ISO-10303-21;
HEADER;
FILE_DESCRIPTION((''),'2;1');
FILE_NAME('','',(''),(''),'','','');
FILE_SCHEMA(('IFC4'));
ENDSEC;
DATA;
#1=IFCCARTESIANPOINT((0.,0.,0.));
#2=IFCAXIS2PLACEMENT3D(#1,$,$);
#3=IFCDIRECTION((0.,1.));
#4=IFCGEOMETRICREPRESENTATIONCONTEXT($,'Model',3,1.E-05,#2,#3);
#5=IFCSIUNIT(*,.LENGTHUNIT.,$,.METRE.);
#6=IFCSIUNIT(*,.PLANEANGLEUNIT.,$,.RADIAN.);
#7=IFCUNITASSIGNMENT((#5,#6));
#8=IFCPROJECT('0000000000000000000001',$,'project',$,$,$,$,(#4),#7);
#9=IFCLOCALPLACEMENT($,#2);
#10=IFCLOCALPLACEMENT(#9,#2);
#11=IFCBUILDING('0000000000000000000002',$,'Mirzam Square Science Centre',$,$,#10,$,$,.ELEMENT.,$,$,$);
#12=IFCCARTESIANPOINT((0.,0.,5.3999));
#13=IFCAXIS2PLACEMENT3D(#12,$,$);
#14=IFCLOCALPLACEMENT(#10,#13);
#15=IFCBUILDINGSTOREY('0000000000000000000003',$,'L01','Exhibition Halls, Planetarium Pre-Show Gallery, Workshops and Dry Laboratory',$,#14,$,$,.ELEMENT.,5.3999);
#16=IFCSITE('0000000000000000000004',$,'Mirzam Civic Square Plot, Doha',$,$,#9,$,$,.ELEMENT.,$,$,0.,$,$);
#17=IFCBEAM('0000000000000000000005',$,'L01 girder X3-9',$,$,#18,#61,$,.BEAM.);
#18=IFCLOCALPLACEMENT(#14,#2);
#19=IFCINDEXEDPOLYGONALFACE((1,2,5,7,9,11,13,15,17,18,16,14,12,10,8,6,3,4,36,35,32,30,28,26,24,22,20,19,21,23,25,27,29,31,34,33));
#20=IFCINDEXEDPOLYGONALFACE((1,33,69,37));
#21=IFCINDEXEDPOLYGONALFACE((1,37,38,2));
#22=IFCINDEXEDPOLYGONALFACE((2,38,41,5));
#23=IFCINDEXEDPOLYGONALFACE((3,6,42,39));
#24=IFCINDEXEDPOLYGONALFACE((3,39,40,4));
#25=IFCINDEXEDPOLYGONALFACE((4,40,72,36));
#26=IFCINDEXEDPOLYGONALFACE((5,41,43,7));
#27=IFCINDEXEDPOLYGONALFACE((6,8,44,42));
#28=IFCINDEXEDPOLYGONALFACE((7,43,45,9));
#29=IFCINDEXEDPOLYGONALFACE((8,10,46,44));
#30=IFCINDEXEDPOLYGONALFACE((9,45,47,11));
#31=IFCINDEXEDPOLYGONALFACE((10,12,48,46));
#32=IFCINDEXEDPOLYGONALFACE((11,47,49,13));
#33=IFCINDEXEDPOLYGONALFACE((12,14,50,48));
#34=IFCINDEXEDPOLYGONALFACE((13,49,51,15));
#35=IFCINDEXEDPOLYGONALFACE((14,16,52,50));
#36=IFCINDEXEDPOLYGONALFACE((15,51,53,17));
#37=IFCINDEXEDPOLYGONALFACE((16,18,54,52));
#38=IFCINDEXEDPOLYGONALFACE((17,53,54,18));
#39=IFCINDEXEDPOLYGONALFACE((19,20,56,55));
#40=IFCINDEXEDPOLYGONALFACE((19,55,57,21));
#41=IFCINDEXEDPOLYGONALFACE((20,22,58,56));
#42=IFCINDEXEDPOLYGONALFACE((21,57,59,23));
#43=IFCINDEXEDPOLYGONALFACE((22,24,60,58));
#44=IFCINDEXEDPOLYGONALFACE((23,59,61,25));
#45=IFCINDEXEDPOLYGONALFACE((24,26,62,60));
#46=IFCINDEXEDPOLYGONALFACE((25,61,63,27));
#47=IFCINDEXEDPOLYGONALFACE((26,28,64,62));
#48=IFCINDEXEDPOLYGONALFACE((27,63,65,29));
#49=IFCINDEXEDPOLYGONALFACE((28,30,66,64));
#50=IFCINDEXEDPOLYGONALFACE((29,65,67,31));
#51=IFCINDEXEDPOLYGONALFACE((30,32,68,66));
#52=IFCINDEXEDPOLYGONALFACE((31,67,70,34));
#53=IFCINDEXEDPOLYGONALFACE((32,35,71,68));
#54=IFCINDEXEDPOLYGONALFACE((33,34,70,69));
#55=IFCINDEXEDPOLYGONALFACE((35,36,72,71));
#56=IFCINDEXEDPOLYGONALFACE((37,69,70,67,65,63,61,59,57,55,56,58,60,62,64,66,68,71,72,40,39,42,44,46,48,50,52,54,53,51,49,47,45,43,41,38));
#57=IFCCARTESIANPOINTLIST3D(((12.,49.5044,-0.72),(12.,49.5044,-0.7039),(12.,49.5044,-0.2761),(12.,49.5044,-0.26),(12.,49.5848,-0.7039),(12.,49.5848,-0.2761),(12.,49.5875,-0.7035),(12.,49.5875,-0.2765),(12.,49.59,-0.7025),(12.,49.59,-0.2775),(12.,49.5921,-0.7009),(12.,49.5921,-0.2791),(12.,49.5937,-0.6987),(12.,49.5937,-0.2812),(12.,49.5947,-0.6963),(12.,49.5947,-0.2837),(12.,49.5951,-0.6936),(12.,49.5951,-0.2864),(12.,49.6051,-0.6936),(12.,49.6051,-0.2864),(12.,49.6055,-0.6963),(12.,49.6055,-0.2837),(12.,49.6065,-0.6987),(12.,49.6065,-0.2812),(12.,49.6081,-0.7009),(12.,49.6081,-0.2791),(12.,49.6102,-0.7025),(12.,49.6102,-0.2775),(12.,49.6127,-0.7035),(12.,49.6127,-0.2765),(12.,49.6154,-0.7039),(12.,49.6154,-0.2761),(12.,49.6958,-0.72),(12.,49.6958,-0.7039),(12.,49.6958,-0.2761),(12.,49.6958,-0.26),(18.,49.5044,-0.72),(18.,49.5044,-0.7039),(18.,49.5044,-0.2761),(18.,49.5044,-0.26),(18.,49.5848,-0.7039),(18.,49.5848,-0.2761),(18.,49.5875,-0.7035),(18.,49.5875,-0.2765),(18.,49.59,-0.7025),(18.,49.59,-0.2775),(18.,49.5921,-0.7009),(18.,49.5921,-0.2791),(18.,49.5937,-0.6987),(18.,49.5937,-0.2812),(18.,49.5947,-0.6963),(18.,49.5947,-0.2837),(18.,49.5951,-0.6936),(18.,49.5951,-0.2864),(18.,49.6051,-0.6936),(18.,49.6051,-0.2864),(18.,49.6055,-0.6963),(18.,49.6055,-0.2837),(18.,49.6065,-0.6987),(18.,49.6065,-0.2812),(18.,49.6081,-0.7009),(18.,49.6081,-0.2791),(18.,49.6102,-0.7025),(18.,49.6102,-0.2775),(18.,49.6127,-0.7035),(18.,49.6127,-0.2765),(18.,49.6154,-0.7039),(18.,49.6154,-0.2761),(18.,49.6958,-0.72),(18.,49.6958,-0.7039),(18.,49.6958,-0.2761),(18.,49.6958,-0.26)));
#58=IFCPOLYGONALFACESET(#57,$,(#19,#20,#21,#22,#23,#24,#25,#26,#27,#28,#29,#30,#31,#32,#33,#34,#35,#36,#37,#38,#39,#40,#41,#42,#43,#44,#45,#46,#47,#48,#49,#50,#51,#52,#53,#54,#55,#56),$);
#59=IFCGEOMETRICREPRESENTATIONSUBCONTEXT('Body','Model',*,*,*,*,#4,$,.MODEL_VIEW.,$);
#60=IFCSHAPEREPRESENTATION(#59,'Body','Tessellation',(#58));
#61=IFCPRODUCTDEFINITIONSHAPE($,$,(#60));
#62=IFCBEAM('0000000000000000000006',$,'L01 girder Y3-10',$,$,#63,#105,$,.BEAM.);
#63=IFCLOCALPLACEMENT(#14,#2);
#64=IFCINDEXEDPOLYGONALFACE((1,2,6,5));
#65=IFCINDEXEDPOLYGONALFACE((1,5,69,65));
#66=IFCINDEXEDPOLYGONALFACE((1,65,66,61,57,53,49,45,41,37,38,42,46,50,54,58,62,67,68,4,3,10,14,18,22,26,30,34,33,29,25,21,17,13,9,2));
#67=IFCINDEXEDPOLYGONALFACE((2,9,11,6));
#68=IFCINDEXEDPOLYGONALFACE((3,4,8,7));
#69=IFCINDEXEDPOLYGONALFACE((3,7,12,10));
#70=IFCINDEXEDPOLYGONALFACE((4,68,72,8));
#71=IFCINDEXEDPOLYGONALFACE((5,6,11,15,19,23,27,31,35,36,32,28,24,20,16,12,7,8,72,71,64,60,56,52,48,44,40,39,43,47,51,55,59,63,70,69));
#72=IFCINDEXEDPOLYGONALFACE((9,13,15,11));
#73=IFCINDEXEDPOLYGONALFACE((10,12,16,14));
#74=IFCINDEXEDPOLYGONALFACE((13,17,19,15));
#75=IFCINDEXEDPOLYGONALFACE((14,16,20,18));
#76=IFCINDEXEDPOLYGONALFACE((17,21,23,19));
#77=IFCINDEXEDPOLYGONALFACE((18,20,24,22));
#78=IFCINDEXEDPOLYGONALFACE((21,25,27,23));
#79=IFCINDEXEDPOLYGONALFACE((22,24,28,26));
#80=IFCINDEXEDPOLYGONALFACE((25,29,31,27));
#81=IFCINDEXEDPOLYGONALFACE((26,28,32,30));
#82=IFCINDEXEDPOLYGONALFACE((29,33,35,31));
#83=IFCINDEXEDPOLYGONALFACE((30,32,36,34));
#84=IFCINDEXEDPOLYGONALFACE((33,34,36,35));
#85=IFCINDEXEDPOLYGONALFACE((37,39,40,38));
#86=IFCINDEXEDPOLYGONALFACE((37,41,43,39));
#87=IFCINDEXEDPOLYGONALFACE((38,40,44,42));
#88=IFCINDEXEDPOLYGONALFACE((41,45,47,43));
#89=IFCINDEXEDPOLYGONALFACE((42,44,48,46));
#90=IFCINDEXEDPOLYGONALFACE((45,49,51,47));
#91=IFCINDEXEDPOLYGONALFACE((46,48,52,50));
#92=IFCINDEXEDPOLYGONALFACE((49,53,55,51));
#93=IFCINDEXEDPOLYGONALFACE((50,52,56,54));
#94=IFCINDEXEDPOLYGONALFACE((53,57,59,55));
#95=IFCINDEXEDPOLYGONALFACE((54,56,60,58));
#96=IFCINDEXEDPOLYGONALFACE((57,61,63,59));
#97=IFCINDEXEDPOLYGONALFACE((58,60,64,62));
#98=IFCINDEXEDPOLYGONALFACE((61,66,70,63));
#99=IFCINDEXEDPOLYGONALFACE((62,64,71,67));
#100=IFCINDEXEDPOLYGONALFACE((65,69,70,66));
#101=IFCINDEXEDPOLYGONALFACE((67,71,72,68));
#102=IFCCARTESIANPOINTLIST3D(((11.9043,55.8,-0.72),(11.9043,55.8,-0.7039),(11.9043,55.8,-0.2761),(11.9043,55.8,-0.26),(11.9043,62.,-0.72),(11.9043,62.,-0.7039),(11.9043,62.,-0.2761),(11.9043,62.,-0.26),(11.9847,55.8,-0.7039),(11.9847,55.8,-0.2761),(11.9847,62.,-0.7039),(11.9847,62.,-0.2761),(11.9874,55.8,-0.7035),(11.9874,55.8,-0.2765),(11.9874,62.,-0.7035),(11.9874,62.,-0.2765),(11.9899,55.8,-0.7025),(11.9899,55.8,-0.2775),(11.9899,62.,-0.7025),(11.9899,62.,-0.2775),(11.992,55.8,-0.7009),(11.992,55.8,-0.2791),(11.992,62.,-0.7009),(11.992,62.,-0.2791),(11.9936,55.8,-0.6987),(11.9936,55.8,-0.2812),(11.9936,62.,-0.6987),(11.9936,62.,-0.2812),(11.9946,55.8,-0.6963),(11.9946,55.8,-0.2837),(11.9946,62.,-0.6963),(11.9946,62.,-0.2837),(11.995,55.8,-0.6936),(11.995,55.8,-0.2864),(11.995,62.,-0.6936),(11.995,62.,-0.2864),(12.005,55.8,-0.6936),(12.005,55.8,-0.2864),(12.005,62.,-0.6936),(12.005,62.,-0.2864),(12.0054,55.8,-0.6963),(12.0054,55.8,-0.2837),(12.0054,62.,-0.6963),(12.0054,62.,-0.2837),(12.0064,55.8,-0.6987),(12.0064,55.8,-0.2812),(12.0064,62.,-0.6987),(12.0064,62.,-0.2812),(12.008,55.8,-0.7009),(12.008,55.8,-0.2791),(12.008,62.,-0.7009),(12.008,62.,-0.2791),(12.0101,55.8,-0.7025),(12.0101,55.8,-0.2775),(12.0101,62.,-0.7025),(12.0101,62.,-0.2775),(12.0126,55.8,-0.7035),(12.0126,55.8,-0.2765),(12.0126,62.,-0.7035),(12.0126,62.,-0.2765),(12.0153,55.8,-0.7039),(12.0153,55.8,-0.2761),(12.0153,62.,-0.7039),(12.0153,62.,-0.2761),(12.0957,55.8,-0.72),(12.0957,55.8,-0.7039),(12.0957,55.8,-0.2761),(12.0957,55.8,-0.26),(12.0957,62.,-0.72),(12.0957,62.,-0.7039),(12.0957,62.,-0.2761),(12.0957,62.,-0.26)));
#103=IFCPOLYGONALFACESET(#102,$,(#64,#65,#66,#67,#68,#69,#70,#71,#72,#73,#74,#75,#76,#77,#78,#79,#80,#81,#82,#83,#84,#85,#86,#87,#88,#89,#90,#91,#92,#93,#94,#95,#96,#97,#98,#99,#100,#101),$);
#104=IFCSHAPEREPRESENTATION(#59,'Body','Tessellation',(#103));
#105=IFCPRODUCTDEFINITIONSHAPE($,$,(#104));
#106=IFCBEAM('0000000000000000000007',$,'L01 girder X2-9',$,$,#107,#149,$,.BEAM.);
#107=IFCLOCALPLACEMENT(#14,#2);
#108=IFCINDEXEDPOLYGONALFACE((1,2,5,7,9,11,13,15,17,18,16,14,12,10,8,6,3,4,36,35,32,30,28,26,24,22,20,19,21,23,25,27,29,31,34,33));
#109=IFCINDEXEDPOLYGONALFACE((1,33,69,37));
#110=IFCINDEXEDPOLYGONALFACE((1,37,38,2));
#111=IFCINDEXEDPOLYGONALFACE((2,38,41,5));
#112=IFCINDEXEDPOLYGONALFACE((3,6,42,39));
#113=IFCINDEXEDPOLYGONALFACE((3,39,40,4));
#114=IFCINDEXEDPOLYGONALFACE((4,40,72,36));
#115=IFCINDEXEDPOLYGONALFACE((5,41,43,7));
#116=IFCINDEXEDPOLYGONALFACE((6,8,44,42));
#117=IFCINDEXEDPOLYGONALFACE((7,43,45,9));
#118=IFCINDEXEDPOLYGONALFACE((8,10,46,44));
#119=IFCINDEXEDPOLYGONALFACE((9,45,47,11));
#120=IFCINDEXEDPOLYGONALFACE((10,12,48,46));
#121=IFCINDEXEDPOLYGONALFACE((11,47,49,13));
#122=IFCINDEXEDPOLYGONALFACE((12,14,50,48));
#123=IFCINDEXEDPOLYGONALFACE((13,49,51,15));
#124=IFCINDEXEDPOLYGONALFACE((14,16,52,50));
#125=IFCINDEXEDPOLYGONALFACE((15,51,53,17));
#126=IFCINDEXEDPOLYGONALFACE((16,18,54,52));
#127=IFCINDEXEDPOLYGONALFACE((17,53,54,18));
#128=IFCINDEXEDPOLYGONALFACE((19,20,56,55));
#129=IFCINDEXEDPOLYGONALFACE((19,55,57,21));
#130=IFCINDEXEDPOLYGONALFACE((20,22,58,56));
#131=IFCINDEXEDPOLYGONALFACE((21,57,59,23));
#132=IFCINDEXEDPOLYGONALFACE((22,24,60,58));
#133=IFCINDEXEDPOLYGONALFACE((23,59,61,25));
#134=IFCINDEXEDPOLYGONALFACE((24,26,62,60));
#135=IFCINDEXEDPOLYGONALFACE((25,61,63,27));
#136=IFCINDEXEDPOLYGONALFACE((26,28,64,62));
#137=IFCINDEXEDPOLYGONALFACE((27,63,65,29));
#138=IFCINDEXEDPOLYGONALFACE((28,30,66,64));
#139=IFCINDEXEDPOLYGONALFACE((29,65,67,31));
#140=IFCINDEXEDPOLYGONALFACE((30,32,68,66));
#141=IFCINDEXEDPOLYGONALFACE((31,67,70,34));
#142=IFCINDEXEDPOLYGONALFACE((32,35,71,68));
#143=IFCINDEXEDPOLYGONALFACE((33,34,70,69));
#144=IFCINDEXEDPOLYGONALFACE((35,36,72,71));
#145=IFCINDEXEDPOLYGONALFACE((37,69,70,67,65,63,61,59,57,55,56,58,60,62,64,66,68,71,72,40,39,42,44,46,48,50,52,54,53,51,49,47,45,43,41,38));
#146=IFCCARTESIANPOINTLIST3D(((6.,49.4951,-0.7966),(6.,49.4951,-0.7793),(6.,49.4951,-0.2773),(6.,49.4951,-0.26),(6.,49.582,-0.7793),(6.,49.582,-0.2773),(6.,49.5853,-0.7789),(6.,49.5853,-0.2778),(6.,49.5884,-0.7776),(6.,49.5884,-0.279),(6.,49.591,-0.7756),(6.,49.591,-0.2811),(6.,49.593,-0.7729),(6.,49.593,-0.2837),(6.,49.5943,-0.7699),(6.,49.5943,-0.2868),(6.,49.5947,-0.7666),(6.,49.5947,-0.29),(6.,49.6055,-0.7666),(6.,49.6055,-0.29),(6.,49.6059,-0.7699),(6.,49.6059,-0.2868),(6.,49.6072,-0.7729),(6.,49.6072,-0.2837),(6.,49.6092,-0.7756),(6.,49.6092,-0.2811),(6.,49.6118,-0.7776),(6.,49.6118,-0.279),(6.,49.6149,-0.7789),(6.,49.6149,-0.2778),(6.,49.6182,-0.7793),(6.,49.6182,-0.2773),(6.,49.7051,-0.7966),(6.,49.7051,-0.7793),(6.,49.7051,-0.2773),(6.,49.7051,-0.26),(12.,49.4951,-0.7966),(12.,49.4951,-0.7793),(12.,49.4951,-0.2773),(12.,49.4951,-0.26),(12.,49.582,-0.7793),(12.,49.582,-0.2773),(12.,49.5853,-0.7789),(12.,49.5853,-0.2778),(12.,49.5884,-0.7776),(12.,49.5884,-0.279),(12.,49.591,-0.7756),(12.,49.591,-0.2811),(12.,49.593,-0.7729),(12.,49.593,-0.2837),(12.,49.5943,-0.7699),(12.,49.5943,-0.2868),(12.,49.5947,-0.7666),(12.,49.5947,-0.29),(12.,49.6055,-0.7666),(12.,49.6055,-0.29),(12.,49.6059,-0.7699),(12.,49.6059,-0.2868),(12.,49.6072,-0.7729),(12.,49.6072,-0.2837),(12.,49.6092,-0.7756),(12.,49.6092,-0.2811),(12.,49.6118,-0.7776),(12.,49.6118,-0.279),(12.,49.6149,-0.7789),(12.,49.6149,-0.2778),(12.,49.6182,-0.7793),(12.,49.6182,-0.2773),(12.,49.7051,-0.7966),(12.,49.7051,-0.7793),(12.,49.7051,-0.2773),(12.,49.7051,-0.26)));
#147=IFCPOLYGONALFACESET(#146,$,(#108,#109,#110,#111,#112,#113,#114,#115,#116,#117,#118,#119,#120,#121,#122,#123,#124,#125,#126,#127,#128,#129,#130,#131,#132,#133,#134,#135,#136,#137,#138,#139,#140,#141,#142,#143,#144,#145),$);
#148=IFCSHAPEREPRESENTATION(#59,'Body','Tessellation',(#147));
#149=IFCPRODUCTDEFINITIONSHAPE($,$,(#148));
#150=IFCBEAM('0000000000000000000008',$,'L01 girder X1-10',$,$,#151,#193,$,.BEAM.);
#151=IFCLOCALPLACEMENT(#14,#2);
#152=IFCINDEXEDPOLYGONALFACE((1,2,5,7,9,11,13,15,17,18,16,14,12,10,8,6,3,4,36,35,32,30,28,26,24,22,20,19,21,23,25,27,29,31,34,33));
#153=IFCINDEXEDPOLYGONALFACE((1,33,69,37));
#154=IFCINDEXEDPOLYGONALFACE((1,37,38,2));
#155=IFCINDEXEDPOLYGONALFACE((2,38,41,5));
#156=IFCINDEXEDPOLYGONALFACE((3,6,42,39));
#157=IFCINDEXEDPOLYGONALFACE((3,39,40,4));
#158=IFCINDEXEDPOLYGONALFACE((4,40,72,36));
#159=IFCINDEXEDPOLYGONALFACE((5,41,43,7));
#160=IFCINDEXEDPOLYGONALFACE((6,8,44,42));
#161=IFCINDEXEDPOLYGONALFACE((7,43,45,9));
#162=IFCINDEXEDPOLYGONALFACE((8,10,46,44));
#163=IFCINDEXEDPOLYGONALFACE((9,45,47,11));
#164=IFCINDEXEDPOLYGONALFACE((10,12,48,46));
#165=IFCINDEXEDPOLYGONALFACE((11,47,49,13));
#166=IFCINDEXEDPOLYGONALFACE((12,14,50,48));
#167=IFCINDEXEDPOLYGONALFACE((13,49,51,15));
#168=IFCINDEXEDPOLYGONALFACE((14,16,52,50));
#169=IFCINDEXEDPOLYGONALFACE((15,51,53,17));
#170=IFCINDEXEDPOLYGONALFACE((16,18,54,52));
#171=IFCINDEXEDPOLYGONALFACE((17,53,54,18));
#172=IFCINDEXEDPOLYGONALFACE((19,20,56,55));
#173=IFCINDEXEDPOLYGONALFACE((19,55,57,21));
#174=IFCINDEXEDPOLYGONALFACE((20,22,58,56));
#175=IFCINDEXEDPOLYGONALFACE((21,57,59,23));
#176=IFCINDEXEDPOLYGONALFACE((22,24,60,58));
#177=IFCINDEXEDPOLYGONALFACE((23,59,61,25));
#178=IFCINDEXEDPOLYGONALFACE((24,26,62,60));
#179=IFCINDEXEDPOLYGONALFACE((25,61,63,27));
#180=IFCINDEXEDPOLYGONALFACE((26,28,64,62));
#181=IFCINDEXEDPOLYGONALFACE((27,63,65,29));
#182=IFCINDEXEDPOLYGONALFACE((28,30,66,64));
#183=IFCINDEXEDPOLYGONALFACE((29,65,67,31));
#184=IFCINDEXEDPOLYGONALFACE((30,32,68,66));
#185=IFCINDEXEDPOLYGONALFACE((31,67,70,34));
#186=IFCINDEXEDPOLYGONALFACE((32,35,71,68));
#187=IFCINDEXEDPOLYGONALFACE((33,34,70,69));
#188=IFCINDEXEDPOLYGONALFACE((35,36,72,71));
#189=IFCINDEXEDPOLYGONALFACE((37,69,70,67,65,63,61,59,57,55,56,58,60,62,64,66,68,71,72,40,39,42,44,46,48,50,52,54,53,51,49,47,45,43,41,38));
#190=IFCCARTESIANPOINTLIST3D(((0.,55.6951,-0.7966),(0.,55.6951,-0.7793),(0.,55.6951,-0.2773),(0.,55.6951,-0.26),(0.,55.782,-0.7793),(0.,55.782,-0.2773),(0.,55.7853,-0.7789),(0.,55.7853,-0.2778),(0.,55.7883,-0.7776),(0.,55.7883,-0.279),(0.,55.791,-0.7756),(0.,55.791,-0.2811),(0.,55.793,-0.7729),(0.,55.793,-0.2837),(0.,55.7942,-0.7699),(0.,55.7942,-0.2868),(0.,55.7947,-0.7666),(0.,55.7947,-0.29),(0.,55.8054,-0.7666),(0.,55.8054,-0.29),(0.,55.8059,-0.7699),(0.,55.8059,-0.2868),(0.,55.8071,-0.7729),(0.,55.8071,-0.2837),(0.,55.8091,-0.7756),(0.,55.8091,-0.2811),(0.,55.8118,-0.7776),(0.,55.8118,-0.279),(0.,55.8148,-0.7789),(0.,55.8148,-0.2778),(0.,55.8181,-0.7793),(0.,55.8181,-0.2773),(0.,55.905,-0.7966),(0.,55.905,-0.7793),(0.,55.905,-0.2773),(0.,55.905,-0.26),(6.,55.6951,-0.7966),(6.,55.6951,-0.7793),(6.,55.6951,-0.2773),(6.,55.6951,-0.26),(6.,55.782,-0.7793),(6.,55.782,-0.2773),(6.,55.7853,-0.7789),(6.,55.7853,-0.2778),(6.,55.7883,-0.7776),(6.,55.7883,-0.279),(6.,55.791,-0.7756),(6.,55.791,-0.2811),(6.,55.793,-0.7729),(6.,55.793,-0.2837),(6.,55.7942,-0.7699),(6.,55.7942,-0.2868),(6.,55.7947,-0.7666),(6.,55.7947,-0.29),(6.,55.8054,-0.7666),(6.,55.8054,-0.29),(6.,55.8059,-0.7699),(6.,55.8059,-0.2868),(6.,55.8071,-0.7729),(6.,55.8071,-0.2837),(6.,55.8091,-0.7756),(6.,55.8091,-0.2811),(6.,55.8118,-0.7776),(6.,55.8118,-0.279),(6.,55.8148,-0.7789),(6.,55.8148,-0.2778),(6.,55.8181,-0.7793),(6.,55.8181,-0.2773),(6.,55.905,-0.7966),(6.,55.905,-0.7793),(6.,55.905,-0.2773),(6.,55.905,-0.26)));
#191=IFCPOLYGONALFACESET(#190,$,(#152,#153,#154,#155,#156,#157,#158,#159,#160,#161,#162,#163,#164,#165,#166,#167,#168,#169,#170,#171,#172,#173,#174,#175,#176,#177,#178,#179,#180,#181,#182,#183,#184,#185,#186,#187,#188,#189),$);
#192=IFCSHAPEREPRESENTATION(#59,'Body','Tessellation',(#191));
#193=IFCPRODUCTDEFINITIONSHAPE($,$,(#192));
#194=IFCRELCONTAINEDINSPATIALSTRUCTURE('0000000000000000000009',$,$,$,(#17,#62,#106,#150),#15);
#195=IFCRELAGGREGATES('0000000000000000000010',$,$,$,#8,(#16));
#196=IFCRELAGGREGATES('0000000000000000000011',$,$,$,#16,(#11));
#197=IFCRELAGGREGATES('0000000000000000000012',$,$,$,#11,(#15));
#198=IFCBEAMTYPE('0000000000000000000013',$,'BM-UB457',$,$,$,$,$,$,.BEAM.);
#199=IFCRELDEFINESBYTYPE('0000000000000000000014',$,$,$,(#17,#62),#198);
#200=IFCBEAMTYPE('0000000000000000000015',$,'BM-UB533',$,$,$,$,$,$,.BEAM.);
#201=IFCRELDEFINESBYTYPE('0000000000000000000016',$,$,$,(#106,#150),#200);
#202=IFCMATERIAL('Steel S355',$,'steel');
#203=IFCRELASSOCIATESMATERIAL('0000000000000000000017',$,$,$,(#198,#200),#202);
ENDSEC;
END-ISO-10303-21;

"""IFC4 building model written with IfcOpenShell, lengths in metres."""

from ifc_helpers import new_model, si_unit, direction, frame, origin, origin_2d, place, context, subcontext, project, spatial, i_section, extrude, material, material_profile, profile_set, type_object, element, save


model = new_model("IFC4")

# Units and contexts
model_context = context("Model", 3, precision=1e-05, world=origin(), true_north=direction((0.0, 1.0)))
body_context = subcontext(model_context, "Body", "Model", "MODEL_VIEW")
ifc_project = project(units=[si_unit("LENGTHUNIT", "METRE"), si_unit("PLANEANGLEUNIT", "RADIAN")], contexts=[model_context])

# Site, building, storey
site_placement = place(None, origin())
site = spatial("IfcSite", under=ifc_project, at=site_placement, Name="Mirzam Civic Square Plot, Doha", CompositionType="ELEMENT", RefElevation=0.0)
building_placement = place(site_placement, origin())
building = spatial("IfcBuilding", under=site, at=building_placement, Name="Mirzam Square Science Centre", CompositionType="ELEMENT")
storey_placement = place(building_placement, frame((0.0, 0.0, 5.3999)))
storey = spatial("IfcBuildingStorey", under=building, at=storey_placement, Name="L01", Description="Exhibition Halls, Planetarium Pre-Show Gallery, Workshops and Dry Laboratory", CompositionType="ELEMENT", Elevation=5.3999)

# Shared definitions
ifc_material_1 = material(Name="Steel S355", Category="steel")

# Beams
ifc_material_profile_1 = material_profile(ifc_material_1, i_section(OverallWidth=0.1914, OverallDepth=0.46, WebThickness=0.01, FlangeThickness=0.0161, FilletRadius=0.0103, at=origin_2d()), Name="457x191x82UB")
ifc_profile_set_1 = profile_set([ifc_material_profile_1], Name="Steel S355")
beam_type_1 = type_object("IfcBeamType", Name="BM-UB457", PredefinedType="BEAM", material=ifc_profile_set_1)
beam_1_placement = place(storey_placement, frame((12.0, 49.6001, -0.49), z_axis=(1.0, 0.0, 0.0), x_axis=(0.0, 1.0, 0.0)))
element("IfcBeam", 1, at=beam_1_placement, inside=storey, type_object=beam_type_1, Name="L01 girder X3-9", PredefinedType="BEAM", context=body_context, shape_type="SweptSolid", body=[
    extrude(i_section(OverallWidth=0.1914, OverallDepth=0.46, WebThickness=0.01, FlangeThickness=0.0161, FilletRadius=0.0103, at=origin_2d()), origin(), (0.0, 0.0, 1.0), 6.0),
])
beam_2_placement = place(storey_placement, frame((12.0, 55.8, -0.49), z_axis=(0.0, 1.0, 0.0), x_axis=(-1.0, 0.0, 0.0)))
element("IfcBeam", 2, at=beam_2_placement, inside=storey, type_object=beam_type_1, Name="L01 girder Y3-10", PredefinedType="BEAM", context=body_context, shape_type="SweptSolid", body=[
    extrude(i_section(OverallWidth=0.1914, OverallDepth=0.46, WebThickness=0.01, FlangeThickness=0.0161, FilletRadius=0.0103, at=origin_2d()), origin(), (0.0, 0.0, 1.0), 6.2),
])
ifc_material_profile_2 = material_profile(ifc_material_1, i_section(OverallWidth=0.21, OverallDepth=0.5366, WebThickness=0.0107, FlangeThickness=0.0173, FilletRadius=0.0127, at=origin_2d()), Name="533x210x101UB")
ifc_profile_set_2 = profile_set([ifc_material_profile_2], Name="Steel S355")
beam_type_2 = type_object("IfcBeamType", Name="BM-UB533", PredefinedType="BEAM", material=ifc_profile_set_2)
for number, where, z_axis, x_axis, name in (
    (3, (6.0, 49.6001, -0.5283), (1.0, 0.0, 0.0), (0.0, 1.0, 0.0), "L01 girder X2-9"),
    (4, (0.0, 55.8, -0.5283), (1.0, 0.0, 0.0), (0.0, 1.0, 0.0), "L01 girder X1-10"),
):
    element("IfcBeam", number, at=place(storey_placement, frame(where, z_axis=z_axis, x_axis=x_axis)), inside=storey, type_object=beam_type_2, Name=name, PredefinedType="BEAM", context=body_context, shape_type="SweptSolid", body=[
        extrude(i_section(OverallWidth=0.21, OverallDepth=0.5366, WebThickness=0.0107, FlangeThickness=0.0173, FilletRadius=0.0127, at=origin_2d()), origin(), (0.0, 0.0, 1.0), 6.0),
    ])

save(model, "model.ifc")
